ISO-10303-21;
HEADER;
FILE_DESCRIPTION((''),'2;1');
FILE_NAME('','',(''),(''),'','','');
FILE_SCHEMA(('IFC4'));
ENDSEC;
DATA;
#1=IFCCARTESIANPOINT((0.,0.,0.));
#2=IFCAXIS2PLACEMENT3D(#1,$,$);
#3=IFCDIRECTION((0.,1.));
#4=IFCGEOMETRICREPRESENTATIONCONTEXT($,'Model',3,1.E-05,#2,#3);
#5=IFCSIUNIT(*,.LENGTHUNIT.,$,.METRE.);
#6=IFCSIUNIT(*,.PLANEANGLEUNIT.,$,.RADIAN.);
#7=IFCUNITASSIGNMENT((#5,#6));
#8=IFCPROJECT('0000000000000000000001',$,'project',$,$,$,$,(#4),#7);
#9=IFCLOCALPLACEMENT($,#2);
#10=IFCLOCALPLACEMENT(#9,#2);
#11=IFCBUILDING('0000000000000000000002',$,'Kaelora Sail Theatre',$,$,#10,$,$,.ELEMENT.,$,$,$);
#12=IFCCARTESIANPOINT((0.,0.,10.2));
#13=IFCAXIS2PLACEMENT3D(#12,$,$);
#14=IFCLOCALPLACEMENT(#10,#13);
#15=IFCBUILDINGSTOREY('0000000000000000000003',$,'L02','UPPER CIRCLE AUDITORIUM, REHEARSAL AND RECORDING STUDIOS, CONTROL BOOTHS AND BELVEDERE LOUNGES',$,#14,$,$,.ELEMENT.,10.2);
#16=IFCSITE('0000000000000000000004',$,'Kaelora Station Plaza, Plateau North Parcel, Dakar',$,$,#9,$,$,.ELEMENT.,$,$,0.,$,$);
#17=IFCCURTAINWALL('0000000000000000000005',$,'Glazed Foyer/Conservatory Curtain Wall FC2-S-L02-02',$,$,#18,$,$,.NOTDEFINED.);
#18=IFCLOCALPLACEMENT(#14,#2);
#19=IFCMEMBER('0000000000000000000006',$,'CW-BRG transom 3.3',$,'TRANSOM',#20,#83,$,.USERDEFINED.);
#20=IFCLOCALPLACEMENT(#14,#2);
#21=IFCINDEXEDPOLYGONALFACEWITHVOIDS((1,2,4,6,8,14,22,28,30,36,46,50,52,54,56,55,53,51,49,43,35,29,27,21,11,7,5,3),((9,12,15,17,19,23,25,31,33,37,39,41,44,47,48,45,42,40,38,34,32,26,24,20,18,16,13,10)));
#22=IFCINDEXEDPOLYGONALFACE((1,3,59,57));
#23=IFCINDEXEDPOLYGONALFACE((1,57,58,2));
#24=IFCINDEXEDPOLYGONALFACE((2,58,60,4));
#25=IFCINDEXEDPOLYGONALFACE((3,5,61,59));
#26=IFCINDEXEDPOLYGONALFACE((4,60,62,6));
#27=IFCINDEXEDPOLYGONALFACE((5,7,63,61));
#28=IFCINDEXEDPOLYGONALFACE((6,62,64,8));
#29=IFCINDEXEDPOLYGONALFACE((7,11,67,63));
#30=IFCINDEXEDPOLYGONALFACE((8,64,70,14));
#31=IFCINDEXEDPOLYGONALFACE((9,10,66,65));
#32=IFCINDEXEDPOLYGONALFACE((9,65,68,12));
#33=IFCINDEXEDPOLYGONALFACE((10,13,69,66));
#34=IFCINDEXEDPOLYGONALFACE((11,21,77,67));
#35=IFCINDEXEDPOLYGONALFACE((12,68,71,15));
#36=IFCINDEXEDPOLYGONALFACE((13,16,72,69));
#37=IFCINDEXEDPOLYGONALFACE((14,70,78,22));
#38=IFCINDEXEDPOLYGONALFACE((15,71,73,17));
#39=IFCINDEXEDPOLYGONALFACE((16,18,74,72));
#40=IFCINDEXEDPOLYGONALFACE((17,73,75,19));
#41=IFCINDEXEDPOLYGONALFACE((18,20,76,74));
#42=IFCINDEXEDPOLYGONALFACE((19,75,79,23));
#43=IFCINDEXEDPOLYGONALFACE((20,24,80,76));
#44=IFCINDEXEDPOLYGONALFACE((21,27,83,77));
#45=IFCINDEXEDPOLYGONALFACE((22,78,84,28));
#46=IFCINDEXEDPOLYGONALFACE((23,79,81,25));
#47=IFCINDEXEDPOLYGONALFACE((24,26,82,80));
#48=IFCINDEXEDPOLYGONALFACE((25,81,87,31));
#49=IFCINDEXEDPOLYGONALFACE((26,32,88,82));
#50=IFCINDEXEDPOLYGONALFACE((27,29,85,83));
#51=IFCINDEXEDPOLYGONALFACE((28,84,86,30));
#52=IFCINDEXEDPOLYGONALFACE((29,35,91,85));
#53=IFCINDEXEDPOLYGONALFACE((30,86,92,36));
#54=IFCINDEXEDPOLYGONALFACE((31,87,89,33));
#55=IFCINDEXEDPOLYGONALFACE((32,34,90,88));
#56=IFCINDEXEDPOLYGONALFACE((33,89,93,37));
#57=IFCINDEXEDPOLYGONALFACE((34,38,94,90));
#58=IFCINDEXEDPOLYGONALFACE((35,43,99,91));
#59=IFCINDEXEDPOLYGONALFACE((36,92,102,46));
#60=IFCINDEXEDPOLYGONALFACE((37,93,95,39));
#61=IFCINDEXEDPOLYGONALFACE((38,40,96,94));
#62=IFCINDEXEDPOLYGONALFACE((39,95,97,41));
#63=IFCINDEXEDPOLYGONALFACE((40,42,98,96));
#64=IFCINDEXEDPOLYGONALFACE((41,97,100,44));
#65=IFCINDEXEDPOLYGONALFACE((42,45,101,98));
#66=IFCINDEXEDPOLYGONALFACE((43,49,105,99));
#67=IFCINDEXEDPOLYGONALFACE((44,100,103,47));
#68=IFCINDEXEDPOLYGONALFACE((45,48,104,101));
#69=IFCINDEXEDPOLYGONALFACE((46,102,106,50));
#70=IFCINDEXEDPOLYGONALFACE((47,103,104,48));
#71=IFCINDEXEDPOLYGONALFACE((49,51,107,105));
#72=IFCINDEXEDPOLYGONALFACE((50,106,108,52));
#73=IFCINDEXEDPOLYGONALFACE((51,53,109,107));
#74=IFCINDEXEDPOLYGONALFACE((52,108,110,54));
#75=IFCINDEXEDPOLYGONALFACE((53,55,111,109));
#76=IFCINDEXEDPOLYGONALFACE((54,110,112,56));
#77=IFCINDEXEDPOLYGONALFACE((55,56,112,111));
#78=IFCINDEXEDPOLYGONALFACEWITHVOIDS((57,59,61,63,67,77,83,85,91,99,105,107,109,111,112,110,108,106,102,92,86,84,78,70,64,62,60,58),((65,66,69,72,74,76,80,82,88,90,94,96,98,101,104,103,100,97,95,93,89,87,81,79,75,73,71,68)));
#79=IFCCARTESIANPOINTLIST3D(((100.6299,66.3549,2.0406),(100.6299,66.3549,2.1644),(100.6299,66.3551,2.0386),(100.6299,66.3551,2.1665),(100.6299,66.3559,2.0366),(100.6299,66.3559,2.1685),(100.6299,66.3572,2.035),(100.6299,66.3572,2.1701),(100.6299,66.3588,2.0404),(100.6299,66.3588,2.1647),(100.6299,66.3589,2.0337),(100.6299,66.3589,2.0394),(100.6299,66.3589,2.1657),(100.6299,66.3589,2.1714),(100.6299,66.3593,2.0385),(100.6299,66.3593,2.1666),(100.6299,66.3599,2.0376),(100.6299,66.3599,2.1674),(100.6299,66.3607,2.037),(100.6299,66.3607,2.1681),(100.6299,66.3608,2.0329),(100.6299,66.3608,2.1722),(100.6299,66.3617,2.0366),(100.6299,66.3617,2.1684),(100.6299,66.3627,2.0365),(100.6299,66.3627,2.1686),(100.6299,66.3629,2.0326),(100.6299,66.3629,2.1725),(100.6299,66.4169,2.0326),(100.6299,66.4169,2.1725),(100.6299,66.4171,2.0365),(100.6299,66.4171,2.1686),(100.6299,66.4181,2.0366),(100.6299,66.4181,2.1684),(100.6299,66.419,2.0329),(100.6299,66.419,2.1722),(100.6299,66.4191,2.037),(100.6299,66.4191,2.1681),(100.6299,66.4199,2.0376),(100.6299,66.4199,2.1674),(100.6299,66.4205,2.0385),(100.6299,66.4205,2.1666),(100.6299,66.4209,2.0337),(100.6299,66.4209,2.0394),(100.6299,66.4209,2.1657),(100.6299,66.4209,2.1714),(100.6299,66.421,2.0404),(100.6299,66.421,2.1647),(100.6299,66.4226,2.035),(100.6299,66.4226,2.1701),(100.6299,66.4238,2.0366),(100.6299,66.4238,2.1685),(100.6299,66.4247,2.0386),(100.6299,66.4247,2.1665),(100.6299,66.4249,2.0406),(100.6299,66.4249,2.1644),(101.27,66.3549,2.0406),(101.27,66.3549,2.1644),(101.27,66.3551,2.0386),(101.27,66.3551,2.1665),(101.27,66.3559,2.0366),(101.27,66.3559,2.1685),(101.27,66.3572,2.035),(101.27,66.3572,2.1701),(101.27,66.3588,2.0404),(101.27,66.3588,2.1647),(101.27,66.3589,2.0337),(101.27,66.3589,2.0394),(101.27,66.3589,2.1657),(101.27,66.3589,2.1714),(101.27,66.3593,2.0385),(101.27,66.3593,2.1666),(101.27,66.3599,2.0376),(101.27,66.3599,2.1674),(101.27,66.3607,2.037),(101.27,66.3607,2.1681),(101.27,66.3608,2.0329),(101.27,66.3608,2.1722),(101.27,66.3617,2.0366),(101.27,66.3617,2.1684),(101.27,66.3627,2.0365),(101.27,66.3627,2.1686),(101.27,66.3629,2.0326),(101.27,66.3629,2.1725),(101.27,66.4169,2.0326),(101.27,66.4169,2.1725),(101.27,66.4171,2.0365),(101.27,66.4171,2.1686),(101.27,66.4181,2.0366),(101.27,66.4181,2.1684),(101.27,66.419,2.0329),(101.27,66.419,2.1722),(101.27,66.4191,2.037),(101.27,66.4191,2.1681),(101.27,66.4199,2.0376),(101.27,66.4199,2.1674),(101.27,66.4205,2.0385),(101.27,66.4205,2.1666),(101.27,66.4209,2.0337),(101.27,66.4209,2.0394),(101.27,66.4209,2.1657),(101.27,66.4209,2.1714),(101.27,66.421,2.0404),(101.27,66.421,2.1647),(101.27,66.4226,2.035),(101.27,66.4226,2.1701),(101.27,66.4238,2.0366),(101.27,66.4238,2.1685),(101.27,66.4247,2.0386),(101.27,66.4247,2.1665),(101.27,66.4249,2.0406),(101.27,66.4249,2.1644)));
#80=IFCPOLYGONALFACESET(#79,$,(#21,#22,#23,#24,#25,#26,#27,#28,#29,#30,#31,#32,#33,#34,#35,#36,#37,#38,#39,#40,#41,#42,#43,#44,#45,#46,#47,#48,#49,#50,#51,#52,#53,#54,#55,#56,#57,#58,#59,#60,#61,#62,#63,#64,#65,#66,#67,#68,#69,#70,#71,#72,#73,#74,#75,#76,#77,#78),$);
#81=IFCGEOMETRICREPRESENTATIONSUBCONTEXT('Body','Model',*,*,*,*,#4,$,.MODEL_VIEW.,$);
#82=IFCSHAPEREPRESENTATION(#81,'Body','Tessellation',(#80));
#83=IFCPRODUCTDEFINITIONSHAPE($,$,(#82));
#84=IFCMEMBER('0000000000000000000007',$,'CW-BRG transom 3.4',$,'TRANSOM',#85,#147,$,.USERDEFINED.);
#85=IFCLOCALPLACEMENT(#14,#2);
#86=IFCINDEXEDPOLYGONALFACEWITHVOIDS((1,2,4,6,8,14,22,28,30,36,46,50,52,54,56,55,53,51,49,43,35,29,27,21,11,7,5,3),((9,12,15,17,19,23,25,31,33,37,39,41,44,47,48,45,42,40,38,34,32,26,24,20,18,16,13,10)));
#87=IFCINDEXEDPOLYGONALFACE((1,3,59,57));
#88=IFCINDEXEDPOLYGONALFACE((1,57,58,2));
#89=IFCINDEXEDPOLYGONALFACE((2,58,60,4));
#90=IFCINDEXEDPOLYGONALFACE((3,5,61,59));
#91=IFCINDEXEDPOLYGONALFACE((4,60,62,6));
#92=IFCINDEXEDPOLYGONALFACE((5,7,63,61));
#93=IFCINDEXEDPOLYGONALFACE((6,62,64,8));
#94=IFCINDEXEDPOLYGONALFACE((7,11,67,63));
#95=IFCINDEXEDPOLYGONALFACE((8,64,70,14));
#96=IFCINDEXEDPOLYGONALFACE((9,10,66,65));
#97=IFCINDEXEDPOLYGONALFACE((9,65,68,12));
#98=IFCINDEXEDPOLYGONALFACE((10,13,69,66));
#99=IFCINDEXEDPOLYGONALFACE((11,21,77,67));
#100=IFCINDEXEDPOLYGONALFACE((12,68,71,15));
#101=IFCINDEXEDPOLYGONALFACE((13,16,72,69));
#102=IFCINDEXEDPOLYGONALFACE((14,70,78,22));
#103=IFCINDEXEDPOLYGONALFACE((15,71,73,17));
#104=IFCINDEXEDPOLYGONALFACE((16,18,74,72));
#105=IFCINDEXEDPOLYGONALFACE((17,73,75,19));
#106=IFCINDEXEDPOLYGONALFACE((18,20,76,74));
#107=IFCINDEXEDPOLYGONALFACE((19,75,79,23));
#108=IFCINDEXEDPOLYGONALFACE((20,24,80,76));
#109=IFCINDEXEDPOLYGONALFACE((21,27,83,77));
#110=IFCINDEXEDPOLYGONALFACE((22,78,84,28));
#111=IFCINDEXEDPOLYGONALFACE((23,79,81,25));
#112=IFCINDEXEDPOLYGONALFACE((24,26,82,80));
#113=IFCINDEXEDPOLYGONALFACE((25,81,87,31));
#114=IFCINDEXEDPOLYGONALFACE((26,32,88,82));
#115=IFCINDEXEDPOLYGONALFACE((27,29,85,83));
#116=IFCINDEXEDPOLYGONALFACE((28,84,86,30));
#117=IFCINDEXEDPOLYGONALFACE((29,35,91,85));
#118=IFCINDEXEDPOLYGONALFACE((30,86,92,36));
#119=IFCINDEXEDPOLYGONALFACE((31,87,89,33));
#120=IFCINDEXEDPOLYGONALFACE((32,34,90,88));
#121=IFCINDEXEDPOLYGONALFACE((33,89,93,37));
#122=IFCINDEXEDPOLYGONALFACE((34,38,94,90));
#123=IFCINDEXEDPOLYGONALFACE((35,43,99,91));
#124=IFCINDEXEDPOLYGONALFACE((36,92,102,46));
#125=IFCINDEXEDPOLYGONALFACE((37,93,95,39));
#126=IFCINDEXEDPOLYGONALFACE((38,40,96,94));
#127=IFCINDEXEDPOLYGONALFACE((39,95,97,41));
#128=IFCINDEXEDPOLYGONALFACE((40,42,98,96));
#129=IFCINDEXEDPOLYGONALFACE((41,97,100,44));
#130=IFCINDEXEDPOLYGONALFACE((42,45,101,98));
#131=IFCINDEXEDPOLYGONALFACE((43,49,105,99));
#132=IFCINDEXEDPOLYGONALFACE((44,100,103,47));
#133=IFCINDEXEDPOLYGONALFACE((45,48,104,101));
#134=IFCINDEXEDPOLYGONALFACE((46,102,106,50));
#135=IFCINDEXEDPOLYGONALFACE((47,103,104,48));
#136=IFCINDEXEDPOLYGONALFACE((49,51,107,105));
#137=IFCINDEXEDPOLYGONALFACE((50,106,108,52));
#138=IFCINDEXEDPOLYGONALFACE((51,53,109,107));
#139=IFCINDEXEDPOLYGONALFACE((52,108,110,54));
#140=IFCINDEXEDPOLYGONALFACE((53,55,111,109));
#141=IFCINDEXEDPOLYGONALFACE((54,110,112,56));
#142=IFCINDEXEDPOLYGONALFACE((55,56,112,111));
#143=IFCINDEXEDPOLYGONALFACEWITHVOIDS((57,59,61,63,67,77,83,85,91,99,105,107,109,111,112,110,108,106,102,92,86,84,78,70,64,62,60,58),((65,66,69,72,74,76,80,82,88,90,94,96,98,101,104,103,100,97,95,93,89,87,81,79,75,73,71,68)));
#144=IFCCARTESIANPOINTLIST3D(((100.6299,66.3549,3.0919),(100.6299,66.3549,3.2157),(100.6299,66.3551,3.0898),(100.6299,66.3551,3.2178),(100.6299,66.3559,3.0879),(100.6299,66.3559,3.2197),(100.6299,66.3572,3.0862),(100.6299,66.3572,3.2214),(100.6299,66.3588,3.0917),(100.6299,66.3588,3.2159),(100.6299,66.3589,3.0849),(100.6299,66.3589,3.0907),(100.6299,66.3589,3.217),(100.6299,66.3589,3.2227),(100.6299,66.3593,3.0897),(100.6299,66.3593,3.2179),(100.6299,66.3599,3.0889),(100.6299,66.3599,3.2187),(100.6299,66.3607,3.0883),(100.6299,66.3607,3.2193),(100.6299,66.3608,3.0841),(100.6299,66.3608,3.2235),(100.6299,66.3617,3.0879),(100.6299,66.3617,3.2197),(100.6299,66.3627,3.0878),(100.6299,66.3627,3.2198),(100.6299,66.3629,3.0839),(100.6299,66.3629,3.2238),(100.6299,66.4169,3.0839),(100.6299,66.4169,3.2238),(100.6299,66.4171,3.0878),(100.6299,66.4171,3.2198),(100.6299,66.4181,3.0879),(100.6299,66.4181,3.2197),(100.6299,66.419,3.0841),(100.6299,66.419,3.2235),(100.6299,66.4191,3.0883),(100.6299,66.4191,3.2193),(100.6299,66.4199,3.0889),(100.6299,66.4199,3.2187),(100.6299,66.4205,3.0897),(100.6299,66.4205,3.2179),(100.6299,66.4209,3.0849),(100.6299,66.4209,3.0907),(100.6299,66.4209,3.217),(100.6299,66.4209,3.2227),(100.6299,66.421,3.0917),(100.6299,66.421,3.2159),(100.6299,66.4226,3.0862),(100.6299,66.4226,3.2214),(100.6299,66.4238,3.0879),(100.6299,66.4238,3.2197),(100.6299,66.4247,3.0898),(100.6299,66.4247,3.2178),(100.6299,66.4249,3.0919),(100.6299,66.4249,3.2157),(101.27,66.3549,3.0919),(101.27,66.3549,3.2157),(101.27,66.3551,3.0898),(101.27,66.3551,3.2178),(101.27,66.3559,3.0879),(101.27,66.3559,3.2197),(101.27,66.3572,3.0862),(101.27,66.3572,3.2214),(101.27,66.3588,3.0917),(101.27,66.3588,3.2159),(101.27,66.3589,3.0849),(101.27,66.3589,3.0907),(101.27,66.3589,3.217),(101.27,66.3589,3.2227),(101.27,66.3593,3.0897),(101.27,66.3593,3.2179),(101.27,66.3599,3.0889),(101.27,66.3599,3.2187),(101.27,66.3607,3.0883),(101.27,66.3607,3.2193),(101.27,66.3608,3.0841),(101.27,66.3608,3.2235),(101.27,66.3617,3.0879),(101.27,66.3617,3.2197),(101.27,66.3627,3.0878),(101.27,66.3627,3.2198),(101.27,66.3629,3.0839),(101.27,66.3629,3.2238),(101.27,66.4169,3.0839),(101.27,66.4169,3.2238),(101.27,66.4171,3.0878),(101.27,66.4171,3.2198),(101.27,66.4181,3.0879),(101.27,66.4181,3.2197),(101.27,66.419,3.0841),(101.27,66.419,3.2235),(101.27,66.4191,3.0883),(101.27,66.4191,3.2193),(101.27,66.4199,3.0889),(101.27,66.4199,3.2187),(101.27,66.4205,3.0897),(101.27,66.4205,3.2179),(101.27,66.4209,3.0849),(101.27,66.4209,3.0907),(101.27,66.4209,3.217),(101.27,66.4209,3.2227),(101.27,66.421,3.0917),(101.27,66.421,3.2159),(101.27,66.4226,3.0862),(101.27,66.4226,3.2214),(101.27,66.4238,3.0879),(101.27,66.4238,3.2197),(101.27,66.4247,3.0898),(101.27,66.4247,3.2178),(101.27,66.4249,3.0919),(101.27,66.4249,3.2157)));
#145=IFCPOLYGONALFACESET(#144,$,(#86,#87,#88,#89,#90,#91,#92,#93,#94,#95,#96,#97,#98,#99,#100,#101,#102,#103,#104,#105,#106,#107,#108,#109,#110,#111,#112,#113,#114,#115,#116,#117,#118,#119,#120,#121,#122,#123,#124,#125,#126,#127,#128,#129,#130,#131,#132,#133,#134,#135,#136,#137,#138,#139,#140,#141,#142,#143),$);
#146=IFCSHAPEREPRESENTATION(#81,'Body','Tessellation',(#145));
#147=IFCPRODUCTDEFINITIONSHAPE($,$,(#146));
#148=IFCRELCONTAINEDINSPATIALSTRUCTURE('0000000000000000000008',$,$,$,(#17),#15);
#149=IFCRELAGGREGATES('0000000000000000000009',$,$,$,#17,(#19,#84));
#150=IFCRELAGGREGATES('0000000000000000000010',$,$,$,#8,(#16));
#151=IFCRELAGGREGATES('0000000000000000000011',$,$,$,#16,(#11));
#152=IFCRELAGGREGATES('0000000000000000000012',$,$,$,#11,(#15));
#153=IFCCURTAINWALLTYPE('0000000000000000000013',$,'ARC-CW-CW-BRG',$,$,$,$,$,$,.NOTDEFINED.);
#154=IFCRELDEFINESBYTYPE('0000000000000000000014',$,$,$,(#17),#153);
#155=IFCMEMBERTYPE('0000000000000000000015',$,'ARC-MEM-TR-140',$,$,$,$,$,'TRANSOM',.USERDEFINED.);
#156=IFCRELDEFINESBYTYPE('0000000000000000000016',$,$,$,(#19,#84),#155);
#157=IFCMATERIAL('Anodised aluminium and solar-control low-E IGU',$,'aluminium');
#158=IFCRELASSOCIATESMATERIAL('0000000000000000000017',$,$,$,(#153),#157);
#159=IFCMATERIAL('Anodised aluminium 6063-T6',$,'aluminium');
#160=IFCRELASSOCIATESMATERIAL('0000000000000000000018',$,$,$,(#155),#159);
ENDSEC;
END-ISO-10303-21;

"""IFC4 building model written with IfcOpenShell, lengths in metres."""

from ifc_helpers import new_model, si_unit, direction, frame, origin, origin_2d, place, context, subcontext, project, spatial, hollow_rectangle, extrude, material, material_profile, profile_set, type_object, element, aggregate, save


model = new_model("IFC4")

# Units and contexts
model_context = context("Model", 3, precision=1e-05, world=origin(), true_north=direction((0.0, 1.0)))
body_context = subcontext(model_context, "Body", "Model", "MODEL_VIEW")
ifc_project = project(units=[si_unit("LENGTHUNIT", "METRE"), si_unit("PLANEANGLEUNIT", "RADIAN")], contexts=[model_context])

# Site, building, storey
site_placement = place(None, origin())
site = spatial("IfcSite", under=ifc_project, at=site_placement, Name="Kaelora Station Plaza, Plateau North Parcel, Dakar", CompositionType="ELEMENT", RefElevation=0.0)
building_placement = place(site_placement, origin())
building = spatial("IfcBuilding", under=site, at=building_placement, Name="Kaelora Sail Theatre", CompositionType="ELEMENT")
storey_placement = place(building_placement, frame((0.0, 0.0, 10.2)))
storey = spatial("IfcBuildingStorey", under=building, at=storey_placement, Name="L02", Description="UPPER CIRCLE AUDITORIUM, REHEARSAL AND RECORDING STUDIOS, CONTROL BOOTHS AND BELVEDERE LOUNGES", CompositionType="ELEMENT", Elevation=10.2)

# Curtain wall, members
ifc_material_1 = material(Name="Anodised aluminium and solar-control low-E IGU", Category="aluminium")
curtain_wall_type = type_object("IfcCurtainWallType", Name="ARC-CW-CW-BRG", PredefinedType="NOTDEFINED", material=ifc_material_1)
curtain_wall_placement = place(storey_placement, origin())
curtain_wall = element("IfcCurtainWall", 1, at=curtain_wall_placement, inside=storey, type_object=curtain_wall_type, Name="Glazed Foyer/Conservatory Curtain Wall FC2-S-L02-02", PredefinedType="NOTDEFINED")
ifc_material_2 = material(Name="Anodised aluminium 6063-T6", Category="aluminium")
ifc_material_profile_1 = material_profile(ifc_material_2, hollow_rectangle(XDim=0.0701, YDim=0.1399, WallThickness=0.0039, InnerFilletRadius=0.0039, OuterFilletRadius=0.0081, at=origin_2d()), Name="ALU-TRAN 70x140x4")
ifc_profile_set_1 = profile_set([ifc_material_profile_1], Name="Anodised aluminium 6063-T6")
member_type_1 = type_object("IfcMemberType", Name="ARC-MEM-TR-140", ElementType="TRANSOM", PredefinedType="USERDEFINED", material=ifc_profile_set_1)
member_1_placement = place(storey_placement, frame((100.6299, 66.3899, 2.1025), z_axis=(1.0, 0.0, 0.0), x_axis=(0.0, 1.0, 0.0)))
member_1 = element("IfcMember", 2, at=member_1_placement, type_object=member_type_1, Name="CW-BRG transom 3.3", ObjectType="TRANSOM", PredefinedType="USERDEFINED", context=body_context, shape_type="SweptSolid", body=[
    extrude(hollow_rectangle(XDim=0.0701, YDim=0.1399, WallThickness=0.0039, InnerFilletRadius=0.0039, OuterFilletRadius=0.0081, at=origin_2d()), origin(), (0.0, 0.0, 1.0), 0.6401),
])
member_2_placement = place(storey_placement, frame((100.6299, 66.3899, 3.1538), z_axis=(1.0, 0.0, 0.0), x_axis=(0.0, 1.0, 0.0)))
member_2 = element("IfcMember", 3, at=member_2_placement, type_object=member_type_1, Name="CW-BRG transom 3.4", ObjectType="TRANSOM", PredefinedType="USERDEFINED", context=body_context, shape_type="SweptSolid", body=[
    extrude(hollow_rectangle(XDim=0.0701, YDim=0.1399, WallThickness=0.0039, InnerFilletRadius=0.0039, OuterFilletRadius=0.0081, at=origin_2d()), origin(), (0.0, 0.0, 1.0), 0.6401),
])
aggregate(curtain_wall, [member_1, member_2])

save(model, "model.ifc")
